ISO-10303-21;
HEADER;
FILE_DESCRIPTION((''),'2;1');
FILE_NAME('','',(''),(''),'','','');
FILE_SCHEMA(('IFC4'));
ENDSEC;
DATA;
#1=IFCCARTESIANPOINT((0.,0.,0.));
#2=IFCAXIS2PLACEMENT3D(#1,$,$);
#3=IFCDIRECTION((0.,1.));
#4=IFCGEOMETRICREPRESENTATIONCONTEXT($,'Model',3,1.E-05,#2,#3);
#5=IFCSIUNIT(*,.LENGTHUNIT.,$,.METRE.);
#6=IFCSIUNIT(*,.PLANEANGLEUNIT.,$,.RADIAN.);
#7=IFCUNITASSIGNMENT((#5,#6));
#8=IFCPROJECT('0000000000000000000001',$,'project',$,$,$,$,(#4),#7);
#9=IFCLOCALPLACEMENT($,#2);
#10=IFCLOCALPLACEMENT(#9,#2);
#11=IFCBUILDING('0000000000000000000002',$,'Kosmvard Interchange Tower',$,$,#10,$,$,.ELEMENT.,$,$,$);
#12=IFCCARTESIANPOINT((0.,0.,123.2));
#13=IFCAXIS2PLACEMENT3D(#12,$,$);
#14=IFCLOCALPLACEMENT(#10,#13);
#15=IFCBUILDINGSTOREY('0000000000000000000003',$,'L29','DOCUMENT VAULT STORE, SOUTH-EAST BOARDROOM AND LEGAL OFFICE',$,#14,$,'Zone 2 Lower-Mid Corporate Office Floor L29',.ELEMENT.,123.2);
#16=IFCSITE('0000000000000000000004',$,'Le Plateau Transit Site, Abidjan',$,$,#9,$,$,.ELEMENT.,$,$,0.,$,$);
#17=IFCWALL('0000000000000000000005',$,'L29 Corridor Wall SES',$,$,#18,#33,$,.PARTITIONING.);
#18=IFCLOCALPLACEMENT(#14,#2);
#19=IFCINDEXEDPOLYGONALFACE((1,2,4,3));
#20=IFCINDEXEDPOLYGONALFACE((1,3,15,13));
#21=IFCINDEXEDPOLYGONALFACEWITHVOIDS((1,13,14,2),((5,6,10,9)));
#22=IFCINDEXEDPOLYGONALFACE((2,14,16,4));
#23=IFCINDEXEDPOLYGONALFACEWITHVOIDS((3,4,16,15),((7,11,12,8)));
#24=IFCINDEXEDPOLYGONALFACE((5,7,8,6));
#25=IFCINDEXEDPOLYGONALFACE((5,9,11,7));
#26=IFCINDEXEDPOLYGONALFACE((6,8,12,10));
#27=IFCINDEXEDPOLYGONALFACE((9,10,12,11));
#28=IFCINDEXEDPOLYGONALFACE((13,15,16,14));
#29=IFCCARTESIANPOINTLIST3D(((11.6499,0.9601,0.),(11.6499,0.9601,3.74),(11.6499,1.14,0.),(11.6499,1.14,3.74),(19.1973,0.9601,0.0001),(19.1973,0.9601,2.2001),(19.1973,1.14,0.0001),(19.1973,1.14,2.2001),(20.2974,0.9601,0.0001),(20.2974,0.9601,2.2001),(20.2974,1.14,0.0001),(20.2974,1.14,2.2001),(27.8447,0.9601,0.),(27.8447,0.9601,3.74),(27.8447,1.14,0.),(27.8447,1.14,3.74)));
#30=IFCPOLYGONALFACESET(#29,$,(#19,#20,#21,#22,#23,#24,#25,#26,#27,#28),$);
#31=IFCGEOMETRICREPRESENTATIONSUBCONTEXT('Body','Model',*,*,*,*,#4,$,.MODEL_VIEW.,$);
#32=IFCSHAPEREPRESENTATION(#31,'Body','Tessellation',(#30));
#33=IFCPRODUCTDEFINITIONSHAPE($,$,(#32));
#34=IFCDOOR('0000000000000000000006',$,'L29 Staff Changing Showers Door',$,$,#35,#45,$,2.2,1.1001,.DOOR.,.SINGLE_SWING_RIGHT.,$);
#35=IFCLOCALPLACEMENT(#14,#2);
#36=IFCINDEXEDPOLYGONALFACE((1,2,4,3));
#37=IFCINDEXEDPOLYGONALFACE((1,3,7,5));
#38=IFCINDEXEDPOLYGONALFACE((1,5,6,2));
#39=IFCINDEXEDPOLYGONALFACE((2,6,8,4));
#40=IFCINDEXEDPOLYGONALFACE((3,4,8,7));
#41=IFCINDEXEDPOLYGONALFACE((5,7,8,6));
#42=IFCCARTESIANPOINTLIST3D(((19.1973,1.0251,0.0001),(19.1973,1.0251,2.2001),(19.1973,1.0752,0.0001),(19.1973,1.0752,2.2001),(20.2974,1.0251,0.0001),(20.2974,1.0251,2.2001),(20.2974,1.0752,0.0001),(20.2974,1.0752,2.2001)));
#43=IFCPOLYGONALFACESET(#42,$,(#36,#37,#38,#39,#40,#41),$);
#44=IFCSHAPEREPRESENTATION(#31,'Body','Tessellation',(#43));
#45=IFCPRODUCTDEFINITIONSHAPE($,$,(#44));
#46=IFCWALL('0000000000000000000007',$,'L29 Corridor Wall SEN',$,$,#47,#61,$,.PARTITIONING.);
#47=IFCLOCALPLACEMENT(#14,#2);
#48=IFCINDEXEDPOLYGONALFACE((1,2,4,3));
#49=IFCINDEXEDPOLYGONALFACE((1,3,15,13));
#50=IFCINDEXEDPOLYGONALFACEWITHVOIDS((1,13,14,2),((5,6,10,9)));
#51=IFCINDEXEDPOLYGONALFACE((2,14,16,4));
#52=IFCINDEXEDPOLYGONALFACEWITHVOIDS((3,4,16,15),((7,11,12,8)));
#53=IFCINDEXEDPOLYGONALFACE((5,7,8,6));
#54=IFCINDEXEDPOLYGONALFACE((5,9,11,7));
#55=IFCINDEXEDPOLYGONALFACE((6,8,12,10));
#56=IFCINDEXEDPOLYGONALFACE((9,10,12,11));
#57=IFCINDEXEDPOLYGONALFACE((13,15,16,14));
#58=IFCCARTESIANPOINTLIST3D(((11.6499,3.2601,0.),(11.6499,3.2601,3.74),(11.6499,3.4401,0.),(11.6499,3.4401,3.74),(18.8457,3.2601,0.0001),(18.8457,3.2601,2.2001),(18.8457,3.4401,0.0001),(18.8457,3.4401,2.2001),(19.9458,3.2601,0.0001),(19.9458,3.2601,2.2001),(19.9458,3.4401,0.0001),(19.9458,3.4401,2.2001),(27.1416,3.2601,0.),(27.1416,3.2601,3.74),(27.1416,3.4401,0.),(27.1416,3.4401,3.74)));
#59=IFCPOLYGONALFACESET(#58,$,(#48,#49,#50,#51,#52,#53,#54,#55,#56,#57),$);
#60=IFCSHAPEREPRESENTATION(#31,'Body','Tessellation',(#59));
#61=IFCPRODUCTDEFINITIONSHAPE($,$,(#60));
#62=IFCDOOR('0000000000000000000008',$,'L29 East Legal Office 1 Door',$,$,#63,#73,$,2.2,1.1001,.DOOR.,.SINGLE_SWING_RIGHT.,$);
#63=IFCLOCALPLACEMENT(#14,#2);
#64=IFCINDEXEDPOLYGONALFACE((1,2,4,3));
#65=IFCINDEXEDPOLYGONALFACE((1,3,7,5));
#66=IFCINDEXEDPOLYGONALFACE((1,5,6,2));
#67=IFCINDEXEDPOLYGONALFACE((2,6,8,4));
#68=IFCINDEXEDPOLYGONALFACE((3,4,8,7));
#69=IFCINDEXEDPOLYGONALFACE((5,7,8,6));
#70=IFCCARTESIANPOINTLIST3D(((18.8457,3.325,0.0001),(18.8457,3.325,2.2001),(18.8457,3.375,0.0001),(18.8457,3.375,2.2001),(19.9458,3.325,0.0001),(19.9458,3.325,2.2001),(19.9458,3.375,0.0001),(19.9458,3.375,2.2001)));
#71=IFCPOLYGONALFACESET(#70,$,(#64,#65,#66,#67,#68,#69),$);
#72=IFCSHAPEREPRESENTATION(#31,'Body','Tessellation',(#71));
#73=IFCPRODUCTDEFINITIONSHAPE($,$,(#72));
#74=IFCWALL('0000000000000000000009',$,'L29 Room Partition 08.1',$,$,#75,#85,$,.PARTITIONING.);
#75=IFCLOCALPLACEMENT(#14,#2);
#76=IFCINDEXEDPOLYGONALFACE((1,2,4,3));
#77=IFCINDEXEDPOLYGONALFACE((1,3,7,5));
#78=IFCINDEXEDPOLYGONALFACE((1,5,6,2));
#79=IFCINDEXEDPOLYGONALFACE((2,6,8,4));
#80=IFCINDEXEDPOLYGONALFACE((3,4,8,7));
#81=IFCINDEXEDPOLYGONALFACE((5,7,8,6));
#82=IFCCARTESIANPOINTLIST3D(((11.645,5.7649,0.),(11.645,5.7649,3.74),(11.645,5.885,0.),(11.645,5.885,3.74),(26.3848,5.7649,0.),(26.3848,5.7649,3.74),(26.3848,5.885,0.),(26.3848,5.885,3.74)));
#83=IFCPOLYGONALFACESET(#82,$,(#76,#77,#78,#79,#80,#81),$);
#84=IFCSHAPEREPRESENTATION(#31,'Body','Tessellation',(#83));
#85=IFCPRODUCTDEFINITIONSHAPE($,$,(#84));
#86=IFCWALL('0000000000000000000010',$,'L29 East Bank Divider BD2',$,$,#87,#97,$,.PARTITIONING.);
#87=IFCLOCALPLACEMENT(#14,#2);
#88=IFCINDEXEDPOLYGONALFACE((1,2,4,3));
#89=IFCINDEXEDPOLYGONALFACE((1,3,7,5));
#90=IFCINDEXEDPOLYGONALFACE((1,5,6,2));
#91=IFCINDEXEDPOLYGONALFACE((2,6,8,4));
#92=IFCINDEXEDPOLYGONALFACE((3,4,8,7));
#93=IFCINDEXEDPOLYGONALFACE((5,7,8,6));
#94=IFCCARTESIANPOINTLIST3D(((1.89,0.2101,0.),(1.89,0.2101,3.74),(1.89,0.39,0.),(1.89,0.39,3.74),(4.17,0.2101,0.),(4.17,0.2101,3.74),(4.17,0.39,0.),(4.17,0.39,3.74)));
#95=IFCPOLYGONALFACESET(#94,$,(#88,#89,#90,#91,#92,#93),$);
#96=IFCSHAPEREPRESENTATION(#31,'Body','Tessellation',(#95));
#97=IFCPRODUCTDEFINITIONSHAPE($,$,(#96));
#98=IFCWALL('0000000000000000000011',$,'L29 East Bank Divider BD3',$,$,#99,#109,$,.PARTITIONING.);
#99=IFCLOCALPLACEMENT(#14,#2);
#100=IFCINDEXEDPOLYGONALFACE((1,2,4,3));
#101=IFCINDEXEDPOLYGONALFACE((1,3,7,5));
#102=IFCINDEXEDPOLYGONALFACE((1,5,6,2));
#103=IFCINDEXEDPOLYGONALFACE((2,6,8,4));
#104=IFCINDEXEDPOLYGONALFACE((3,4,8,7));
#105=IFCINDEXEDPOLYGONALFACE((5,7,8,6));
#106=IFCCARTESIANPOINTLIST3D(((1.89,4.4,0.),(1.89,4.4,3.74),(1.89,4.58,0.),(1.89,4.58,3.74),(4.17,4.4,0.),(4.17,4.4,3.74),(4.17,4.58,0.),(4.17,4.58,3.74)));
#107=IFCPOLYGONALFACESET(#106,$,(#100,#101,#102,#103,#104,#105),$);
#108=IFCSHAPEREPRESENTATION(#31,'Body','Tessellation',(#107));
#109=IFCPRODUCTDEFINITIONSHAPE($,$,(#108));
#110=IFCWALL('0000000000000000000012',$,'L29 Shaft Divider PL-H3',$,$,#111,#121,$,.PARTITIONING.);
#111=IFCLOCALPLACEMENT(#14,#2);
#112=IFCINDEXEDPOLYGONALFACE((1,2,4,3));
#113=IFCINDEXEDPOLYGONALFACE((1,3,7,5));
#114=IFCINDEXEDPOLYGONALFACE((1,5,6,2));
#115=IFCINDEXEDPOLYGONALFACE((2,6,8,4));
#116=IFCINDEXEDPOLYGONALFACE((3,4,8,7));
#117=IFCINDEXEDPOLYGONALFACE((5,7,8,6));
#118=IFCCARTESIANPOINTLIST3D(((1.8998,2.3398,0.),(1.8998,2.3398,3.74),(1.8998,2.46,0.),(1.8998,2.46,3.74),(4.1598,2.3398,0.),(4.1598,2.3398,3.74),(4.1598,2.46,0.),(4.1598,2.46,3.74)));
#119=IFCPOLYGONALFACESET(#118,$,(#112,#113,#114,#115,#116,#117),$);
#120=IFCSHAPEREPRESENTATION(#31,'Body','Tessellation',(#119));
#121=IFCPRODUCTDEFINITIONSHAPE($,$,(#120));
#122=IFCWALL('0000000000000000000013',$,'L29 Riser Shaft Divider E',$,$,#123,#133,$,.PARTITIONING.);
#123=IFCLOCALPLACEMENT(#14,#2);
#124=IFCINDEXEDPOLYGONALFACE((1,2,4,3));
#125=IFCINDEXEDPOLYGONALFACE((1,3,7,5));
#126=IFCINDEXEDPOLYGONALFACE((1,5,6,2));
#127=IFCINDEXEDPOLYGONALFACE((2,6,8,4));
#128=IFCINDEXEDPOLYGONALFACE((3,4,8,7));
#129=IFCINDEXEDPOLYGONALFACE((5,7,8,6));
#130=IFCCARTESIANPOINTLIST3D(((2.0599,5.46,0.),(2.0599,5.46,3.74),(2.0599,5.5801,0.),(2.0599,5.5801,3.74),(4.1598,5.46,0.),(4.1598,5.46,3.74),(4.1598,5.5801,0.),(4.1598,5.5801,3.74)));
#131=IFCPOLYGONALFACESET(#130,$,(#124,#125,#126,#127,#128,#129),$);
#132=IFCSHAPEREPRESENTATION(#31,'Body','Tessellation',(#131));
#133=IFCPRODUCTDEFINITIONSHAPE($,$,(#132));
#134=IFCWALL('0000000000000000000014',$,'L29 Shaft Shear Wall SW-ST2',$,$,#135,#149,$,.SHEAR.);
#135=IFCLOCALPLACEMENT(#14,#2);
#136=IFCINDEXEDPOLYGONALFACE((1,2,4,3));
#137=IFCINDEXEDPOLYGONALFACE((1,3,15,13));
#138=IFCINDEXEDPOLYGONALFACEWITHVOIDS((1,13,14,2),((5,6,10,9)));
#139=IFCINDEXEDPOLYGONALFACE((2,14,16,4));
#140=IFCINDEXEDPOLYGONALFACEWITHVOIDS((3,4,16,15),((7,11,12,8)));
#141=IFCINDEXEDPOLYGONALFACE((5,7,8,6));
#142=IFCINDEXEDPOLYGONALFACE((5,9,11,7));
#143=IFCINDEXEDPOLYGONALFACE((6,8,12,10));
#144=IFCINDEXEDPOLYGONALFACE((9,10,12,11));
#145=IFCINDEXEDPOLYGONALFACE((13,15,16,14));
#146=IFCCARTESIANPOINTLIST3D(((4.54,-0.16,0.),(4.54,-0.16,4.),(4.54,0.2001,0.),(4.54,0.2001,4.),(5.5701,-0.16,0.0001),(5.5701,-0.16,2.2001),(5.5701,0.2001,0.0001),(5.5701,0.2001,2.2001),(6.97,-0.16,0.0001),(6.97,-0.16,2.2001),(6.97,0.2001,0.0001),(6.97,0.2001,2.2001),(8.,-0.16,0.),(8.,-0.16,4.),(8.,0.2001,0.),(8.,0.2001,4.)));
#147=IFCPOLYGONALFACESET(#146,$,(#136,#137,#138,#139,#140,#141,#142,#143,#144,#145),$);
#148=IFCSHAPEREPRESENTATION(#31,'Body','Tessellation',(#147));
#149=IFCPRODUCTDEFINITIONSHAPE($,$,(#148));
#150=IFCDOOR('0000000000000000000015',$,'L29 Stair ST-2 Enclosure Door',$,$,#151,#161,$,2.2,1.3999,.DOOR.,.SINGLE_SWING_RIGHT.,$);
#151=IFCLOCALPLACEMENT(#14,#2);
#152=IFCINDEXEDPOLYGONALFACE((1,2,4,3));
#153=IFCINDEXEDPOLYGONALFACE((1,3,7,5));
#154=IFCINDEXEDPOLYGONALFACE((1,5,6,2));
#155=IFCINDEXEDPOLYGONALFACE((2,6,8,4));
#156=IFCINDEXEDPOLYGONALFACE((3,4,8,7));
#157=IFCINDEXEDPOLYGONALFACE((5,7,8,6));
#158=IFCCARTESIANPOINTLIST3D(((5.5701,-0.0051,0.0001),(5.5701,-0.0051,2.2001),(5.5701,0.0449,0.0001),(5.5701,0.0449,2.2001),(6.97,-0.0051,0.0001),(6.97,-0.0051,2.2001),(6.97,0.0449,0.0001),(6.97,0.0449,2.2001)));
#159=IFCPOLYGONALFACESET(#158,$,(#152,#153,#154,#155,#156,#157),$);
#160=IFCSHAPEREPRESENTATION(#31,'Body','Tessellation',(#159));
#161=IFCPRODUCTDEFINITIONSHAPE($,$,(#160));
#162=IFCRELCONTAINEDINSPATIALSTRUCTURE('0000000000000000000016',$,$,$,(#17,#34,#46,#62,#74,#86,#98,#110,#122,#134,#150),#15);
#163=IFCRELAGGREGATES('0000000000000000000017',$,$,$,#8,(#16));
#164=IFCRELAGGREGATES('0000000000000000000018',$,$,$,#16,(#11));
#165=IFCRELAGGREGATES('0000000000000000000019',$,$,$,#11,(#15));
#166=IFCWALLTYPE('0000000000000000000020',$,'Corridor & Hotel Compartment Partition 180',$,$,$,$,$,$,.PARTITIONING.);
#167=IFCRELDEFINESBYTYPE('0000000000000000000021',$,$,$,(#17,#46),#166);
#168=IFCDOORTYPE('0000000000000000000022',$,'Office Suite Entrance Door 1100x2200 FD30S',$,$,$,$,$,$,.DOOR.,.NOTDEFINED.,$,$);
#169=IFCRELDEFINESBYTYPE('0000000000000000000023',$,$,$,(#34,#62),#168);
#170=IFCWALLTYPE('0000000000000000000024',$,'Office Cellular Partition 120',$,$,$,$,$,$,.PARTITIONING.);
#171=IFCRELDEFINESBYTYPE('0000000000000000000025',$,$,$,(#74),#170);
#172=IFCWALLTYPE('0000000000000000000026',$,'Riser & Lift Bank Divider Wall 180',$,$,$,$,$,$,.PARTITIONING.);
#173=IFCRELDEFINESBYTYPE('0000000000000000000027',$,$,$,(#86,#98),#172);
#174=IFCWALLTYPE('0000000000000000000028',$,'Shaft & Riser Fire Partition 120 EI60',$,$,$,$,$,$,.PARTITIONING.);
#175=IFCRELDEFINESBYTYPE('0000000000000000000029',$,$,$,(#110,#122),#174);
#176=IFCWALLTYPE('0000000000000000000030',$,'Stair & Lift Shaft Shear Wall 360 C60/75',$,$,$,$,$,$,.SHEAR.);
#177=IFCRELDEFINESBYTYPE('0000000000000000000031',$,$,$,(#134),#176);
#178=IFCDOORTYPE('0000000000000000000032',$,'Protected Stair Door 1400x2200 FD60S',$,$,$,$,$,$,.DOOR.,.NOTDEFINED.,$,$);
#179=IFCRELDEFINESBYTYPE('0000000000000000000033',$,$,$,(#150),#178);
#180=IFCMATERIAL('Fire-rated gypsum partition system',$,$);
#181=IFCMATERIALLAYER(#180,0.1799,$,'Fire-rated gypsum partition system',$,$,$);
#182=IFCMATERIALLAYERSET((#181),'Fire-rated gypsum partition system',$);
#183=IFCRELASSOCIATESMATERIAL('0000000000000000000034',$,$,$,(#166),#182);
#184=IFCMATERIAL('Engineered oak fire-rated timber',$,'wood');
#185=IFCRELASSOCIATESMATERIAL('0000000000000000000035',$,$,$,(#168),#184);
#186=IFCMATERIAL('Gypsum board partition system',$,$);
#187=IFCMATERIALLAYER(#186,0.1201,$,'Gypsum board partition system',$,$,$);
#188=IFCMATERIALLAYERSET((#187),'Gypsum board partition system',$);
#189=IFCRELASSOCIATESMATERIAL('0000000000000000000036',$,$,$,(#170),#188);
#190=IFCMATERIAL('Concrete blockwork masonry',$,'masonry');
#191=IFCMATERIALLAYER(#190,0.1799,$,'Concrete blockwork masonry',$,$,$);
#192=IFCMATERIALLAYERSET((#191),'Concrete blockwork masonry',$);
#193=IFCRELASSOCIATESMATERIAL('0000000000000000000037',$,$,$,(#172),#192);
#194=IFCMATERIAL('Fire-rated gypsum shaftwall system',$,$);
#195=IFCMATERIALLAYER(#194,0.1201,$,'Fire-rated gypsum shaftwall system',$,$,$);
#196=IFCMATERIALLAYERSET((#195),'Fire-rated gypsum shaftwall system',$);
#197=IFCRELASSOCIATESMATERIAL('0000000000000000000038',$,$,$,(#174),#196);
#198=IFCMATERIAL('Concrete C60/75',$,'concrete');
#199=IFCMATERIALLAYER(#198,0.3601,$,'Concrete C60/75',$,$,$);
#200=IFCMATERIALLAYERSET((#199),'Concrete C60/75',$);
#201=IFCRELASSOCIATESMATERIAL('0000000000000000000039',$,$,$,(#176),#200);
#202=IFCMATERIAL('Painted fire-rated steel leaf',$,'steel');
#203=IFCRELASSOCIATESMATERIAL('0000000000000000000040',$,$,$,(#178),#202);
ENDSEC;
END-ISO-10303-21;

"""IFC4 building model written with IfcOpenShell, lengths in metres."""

from ifc_helpers import new_model, si_unit, direction, frame, frame_2d, origin, place, context, subcontext, project, spatial, rectangle, extrude, source, transform, mapped, material, layer, layer_set, type_object, element, fill, save


model = new_model("IFC4")

# Units and contexts
model_context = context("Model", 3, precision=1e-05, world=origin(), true_north=direction((0.0, 1.0)))
body_context = subcontext(model_context, "Body", "Model", "MODEL_VIEW")
ifc_project = project(units=[si_unit("LENGTHUNIT", "METRE"), si_unit("PLANEANGLEUNIT", "RADIAN")], contexts=[model_context])

# Site, building, storey
site_placement = place(None, origin())
site = spatial("IfcSite", under=ifc_project, at=site_placement, Name="Le Plateau Transit Site, Abidjan", CompositionType="ELEMENT", RefElevation=0.0)
building_placement = place(site_placement, origin())
building = spatial("IfcBuilding", under=site, at=building_placement, Name="Kosmvard Interchange Tower", CompositionType="ELEMENT")
storey_placement = place(building_placement, frame((0.0, 0.0, 123.2)))
storey = spatial("IfcBuildingStorey", under=building, at=storey_placement, Name="L29", Description="DOCUMENT VAULT STORE, SOUTH-EAST BOARDROOM AND LEGAL OFFICE", LongName="Zone 2 Lower-Mid Corporate Office Floor L29", CompositionType="ELEMENT", Elevation=123.2)

# Shared definitions
ifc_material_1 = material(Name="Concrete C60/75", Category="concrete")

# Shared definitions
ifc_material_2 = material(Name="Fire-rated gypsum partition system")

# Walls, openings, doors
ifc_layer_1 = layer(ifc_material_2, 0.1799, Name="Fire-rated gypsum partition system")
ifc_layer_set_1 = layer_set([ifc_layer_1], Name="Fire-rated gypsum partition system")
wall_type_1 = type_object("IfcWallType", Name="Corridor & Hotel Compartment Partition 180", PredefinedType="PARTITIONING", material=ifc_layer_set_1)
ifc_material_3 = material(Name="Engineered oak fire-rated timber", Category="wood")
door_type_1 = type_object("IfcDoorType", Name="Office Suite Entrance Door 1100x2200 FD30S", OperationType="NOTDEFINED", PredefinedType="DOOR", material=ifc_material_3)
shared_shape_1 = source(origin(), body_context, "Body", "SweptSolid", [
    extrude(rectangle(XDim=1.1001, YDim=2.2, at=frame_2d((0.55, 1.1001))), frame((0.0, 0.0249, 0.0), z_axis=(0.0, -1.0, 0.0), x_axis=(1.0, 0.0, 0.0)), (0.0, 0.0, 1.0), 0.05),
])
wall_1_placement = place(storey_placement, frame((11.6499, 1.05, 0.0), z_axis=(0.0, 0.0, 1.0), x_axis=(1.0, 0.0, 0.0)))
wall_1 = element("IfcWall", 1, at=wall_1_placement, inside=storey, type_object=wall_type_1, Name="L29 Corridor Wall SES", PredefinedType="PARTITIONING", context=body_context, shape_type="SweptSolid", body=[
    extrude(rectangle(XDim=16.1948, YDim=0.1799, at=frame_2d((8.0974, 0.0))), origin(), (0.0, 0.0, 1.0), 3.74),
])
opening_1_placement = place(wall_1_placement, frame((7.5474, 0.0, 0.0)))
opening_1 = element("IfcOpeningElement", 2, at=opening_1_placement, cuts=wall_1, PredefinedType="OPENING", context=body_context, shape_type="SweptSolid", body=[
    extrude(rectangle(XDim=1.1001, YDim=2.2, at=frame_2d((0.55, 1.1001))), frame((0.0, 0.1001, 0.0), z_axis=(0.0, -1.0, 0.0), x_axis=(1.0, 0.0, 0.0)), (0.0, 0.0, 1.0), 0.2),
])
door_1_placement = place(opening_1_placement, frame((1.1001, 0.0, 0.0), z_axis=(0.0, 0.0, 1.0), x_axis=(-1.0, 0.0, 0.0)))
door_1 = element("IfcDoor", 3, at=door_1_placement, inside=storey, type_object=door_type_1, Name="L29 Staff Changing Showers Door", OperationType="SINGLE_SWING_RIGHT", OverallHeight=2.2, OverallWidth=1.1001, PredefinedType="DOOR", context=body_context, shape_type="MappedRepresentation", body=[
    mapped(shared_shape_1, transform((0.0, 0.0, 0.0), scale=1.0)),
])
fill(opening_1, door_1)
wall_2_placement = place(storey_placement, frame((11.6499, 3.3501, 0.0), z_axis=(0.0, 0.0, 1.0), x_axis=(1.0, 0.0, 0.0)))
wall_2 = element("IfcWall", 4, at=wall_2_placement, inside=storey, type_object=wall_type_1, Name="L29 Corridor Wall SEN", PredefinedType="PARTITIONING", context=body_context, shape_type="SweptSolid", body=[
    extrude(rectangle(XDim=15.4917, YDim=0.1799, at=frame_2d((7.7458, 0.0))), origin(), (0.0, 0.0, 1.0), 3.74),
])
opening_2_placement = place(wall_2_placement, frame((7.1958, 0.0, 0.0)))
opening_2 = element("IfcOpeningElement", 5, at=opening_2_placement, cuts=wall_2, PredefinedType="OPENING", context=body_context, shape_type="SweptSolid", body=[
    extrude(rectangle(XDim=1.1001, YDim=2.2, at=frame_2d((0.55, 1.1001))), frame((0.0, 0.1001, 0.0), z_axis=(0.0, -1.0, 0.0), x_axis=(1.0, 0.0, 0.0)), (0.0, 0.0, 1.0), 0.2),
])
door_2_placement = place(opening_2_placement, origin())
door_2 = element("IfcDoor", 6, at=door_2_placement, inside=storey, type_object=door_type_1, Name="L29 East Legal Office 1 Door", OperationType="SINGLE_SWING_RIGHT", OverallHeight=2.2, OverallWidth=1.1001, PredefinedType="DOOR", context=body_context, shape_type="MappedRepresentation", body=[
    mapped(shared_shape_1, transform((0.0, 0.0, 0.0), scale=1.0)),
])
fill(opening_2, door_2)

# Walls
ifc_material_4 = material(Name="Gypsum board partition system")
ifc_layer_2 = layer(ifc_material_4, 0.1201, Name="Gypsum board partition system")
ifc_layer_set_2 = layer_set([ifc_layer_2], Name="Gypsum board partition system")
wall_type_2 = type_object("IfcWallType", Name="Office Cellular Partition 120", PredefinedType="PARTITIONING", material=ifc_layer_set_2)
wall_3_placement = place(storey_placement, frame((11.645, 5.825, 0.0), z_axis=(0.0, 0.0, 1.0), x_axis=(1.0, 0.0, 0.0)))
element("IfcWall", 7, at=wall_3_placement, inside=storey, type_object=wall_type_2, Name="L29 Room Partition 08.1", PredefinedType="PARTITIONING", context=body_context, shape_type="SweptSolid", body=[
    extrude(rectangle(XDim=14.7397, YDim=0.1201, at=frame_2d((7.3699, 0.0))), origin(), (0.0, 0.0, 1.0), 3.74),
])
ifc_material_5 = material(Name="Concrete blockwork masonry", Category="masonry")
ifc_layer_3 = layer(ifc_material_5, 0.1799, Name="Concrete blockwork masonry")
ifc_layer_set_3 = layer_set([ifc_layer_3], Name="Concrete blockwork masonry")
wall_type_3 = type_object("IfcWallType", Name="Riser & Lift Bank Divider Wall 180", PredefinedType="PARTITIONING", material=ifc_layer_set_3)
for number, where, z_axis, x_axis, name in (
    (8, (1.8899, 0.3, 0.0), (0.0, 0.0, 1.0), (1.0, 0.0, 0.0), "L29 East Bank Divider BD2"),
    (9, (1.8899, 4.49, 0.0), (0.0, 0.0, 1.0), (1.0, 0.0, 0.0), "L29 East Bank Divider BD3"),
):
    element("IfcWall", number, at=place(storey_placement, frame(where, z_axis=z_axis, x_axis=x_axis)), inside=storey, type_object=wall_type_3, Name=name, PredefinedType="PARTITIONING", context=body_context, shape_type="SweptSolid", body=[
        extrude(rectangle(XDim=2.28, YDim=0.1799, at=frame_2d((1.1401, 0.0))), origin(), (0.0, 0.0, 1.0), 3.74),
    ])
ifc_material_6 = material(Name="Fire-rated gypsum shaftwall system")
ifc_layer_4 = layer(ifc_material_6, 0.1201, Name="Fire-rated gypsum shaftwall system")
ifc_layer_set_4 = layer_set([ifc_layer_4], Name="Fire-rated gypsum shaftwall system")
wall_type_4 = type_object("IfcWallType", Name="Shaft & Riser Fire Partition 120 EI60", PredefinedType="PARTITIONING", material=ifc_layer_set_4)
wall_4_placement = place(storey_placement, frame((1.8999, 2.3999, 0.0), z_axis=(0.0, 0.0, 1.0), x_axis=(1.0, 0.0, 0.0)))
element("IfcWall", 10, at=wall_4_placement, inside=storey, type_object=wall_type_4, Name="L29 Shaft Divider PL-H3", PredefinedType="PARTITIONING", context=body_context, shape_type="SweptSolid", body=[
    extrude(rectangle(XDim=2.26, YDim=0.1201, at=frame_2d((1.1299, 0.0))), origin(), (0.0, 0.0, 1.0), 3.74),
])
wall_5_placement = place(storey_placement, frame((2.0601, 5.52, 0.0), z_axis=(0.0, 0.0, 1.0), x_axis=(1.0, 0.0, 0.0)))
element("IfcWall", 11, at=wall_5_placement, inside=storey, type_object=wall_type_4, Name="L29 Riser Shaft Divider E", PredefinedType="PARTITIONING", context=body_context, shape_type="SweptSolid", body=[
    extrude(rectangle(XDim=2.0999, YDim=0.1201, at=frame_2d((1.0498, 0.0))), origin(), (0.0, 0.0, 1.0), 3.74),
])

# Wall, opening, door
ifc_layer_5 = layer(ifc_material_1, 0.3601, Name="Concrete C60/75")
ifc_layer_set_5 = layer_set([ifc_layer_5], Name="Concrete C60/75")
wall_type_5 = type_object("IfcWallType", Name="Stair & Lift Shaft Shear Wall 360 C60/75", PredefinedType="SHEAR", material=ifc_layer_set_5)
wall_6_placement = place(storey_placement, frame((4.54, 0.02, 0.0), z_axis=(0.0, 0.0, 1.0), x_axis=(1.0, 0.0, 0.0)))
wall_6 = element("IfcWall", 12, at=wall_6_placement, inside=storey, type_object=wall_type_5, Name="L29 Shaft Shear Wall SW-ST2", PredefinedType="SHEAR", context=body_context, shape_type="SweptSolid", body=[
    extrude(rectangle(XDim=3.46, YDim=0.3601, at=frame_2d((1.73, 0.0))), origin(), (0.0, 0.0, 1.0), 4.0),
])
opening_3_placement = place(wall_6_placement, frame((1.03, 0.0, 0.0)))
opening_3 = element("IfcOpeningElement", 13, at=opening_3_placement, cuts=wall_6, PredefinedType="OPENING", context=body_context, shape_type="SweptSolid", body=[
    extrude(rectangle(XDim=1.3999, YDim=2.2, at=frame_2d((0.7, 1.1001))), frame((0.0, 0.1899, 0.0), z_axis=(0.0, -1.0, 0.0), x_axis=(1.0, 0.0, 0.0)), (0.0, 0.0, 1.0), 0.3801),
])
ifc_material_7 = material(Name="Painted fire-rated steel leaf", Category="steel")
door_type_2 = type_object("IfcDoorType", Name="Protected Stair Door 1400x2200 FD60S", OperationType="NOTDEFINED", PredefinedType="DOOR", material=ifc_material_7)
shared_shape_2 = source(origin(), body_context, "Body", "SweptSolid", [
    extrude(rectangle(XDim=1.3999, YDim=2.2, at=frame_2d((0.7, 1.1001))), frame((0.0, 0.0249, 0.0), z_axis=(0.0, -1.0, 0.0), x_axis=(1.0, 0.0, 0.0)), (0.0, 0.0, 1.0), 0.05),
])
door_3_placement = place(opening_3_placement, origin())
door_3 = element("IfcDoor", 14, at=door_3_placement, inside=storey, type_object=door_type_2, Name="L29 Stair ST-2 Enclosure Door", OperationType="SINGLE_SWING_RIGHT", OverallHeight=2.2, OverallWidth=1.3999, PredefinedType="DOOR", context=body_context, shape_type="MappedRepresentation", body=[
    mapped(shared_shape_2, transform((0.0, 0.0, 0.0), scale=1.0)),
])
fill(opening_3, door_3)

save(model, "model.ifc")
